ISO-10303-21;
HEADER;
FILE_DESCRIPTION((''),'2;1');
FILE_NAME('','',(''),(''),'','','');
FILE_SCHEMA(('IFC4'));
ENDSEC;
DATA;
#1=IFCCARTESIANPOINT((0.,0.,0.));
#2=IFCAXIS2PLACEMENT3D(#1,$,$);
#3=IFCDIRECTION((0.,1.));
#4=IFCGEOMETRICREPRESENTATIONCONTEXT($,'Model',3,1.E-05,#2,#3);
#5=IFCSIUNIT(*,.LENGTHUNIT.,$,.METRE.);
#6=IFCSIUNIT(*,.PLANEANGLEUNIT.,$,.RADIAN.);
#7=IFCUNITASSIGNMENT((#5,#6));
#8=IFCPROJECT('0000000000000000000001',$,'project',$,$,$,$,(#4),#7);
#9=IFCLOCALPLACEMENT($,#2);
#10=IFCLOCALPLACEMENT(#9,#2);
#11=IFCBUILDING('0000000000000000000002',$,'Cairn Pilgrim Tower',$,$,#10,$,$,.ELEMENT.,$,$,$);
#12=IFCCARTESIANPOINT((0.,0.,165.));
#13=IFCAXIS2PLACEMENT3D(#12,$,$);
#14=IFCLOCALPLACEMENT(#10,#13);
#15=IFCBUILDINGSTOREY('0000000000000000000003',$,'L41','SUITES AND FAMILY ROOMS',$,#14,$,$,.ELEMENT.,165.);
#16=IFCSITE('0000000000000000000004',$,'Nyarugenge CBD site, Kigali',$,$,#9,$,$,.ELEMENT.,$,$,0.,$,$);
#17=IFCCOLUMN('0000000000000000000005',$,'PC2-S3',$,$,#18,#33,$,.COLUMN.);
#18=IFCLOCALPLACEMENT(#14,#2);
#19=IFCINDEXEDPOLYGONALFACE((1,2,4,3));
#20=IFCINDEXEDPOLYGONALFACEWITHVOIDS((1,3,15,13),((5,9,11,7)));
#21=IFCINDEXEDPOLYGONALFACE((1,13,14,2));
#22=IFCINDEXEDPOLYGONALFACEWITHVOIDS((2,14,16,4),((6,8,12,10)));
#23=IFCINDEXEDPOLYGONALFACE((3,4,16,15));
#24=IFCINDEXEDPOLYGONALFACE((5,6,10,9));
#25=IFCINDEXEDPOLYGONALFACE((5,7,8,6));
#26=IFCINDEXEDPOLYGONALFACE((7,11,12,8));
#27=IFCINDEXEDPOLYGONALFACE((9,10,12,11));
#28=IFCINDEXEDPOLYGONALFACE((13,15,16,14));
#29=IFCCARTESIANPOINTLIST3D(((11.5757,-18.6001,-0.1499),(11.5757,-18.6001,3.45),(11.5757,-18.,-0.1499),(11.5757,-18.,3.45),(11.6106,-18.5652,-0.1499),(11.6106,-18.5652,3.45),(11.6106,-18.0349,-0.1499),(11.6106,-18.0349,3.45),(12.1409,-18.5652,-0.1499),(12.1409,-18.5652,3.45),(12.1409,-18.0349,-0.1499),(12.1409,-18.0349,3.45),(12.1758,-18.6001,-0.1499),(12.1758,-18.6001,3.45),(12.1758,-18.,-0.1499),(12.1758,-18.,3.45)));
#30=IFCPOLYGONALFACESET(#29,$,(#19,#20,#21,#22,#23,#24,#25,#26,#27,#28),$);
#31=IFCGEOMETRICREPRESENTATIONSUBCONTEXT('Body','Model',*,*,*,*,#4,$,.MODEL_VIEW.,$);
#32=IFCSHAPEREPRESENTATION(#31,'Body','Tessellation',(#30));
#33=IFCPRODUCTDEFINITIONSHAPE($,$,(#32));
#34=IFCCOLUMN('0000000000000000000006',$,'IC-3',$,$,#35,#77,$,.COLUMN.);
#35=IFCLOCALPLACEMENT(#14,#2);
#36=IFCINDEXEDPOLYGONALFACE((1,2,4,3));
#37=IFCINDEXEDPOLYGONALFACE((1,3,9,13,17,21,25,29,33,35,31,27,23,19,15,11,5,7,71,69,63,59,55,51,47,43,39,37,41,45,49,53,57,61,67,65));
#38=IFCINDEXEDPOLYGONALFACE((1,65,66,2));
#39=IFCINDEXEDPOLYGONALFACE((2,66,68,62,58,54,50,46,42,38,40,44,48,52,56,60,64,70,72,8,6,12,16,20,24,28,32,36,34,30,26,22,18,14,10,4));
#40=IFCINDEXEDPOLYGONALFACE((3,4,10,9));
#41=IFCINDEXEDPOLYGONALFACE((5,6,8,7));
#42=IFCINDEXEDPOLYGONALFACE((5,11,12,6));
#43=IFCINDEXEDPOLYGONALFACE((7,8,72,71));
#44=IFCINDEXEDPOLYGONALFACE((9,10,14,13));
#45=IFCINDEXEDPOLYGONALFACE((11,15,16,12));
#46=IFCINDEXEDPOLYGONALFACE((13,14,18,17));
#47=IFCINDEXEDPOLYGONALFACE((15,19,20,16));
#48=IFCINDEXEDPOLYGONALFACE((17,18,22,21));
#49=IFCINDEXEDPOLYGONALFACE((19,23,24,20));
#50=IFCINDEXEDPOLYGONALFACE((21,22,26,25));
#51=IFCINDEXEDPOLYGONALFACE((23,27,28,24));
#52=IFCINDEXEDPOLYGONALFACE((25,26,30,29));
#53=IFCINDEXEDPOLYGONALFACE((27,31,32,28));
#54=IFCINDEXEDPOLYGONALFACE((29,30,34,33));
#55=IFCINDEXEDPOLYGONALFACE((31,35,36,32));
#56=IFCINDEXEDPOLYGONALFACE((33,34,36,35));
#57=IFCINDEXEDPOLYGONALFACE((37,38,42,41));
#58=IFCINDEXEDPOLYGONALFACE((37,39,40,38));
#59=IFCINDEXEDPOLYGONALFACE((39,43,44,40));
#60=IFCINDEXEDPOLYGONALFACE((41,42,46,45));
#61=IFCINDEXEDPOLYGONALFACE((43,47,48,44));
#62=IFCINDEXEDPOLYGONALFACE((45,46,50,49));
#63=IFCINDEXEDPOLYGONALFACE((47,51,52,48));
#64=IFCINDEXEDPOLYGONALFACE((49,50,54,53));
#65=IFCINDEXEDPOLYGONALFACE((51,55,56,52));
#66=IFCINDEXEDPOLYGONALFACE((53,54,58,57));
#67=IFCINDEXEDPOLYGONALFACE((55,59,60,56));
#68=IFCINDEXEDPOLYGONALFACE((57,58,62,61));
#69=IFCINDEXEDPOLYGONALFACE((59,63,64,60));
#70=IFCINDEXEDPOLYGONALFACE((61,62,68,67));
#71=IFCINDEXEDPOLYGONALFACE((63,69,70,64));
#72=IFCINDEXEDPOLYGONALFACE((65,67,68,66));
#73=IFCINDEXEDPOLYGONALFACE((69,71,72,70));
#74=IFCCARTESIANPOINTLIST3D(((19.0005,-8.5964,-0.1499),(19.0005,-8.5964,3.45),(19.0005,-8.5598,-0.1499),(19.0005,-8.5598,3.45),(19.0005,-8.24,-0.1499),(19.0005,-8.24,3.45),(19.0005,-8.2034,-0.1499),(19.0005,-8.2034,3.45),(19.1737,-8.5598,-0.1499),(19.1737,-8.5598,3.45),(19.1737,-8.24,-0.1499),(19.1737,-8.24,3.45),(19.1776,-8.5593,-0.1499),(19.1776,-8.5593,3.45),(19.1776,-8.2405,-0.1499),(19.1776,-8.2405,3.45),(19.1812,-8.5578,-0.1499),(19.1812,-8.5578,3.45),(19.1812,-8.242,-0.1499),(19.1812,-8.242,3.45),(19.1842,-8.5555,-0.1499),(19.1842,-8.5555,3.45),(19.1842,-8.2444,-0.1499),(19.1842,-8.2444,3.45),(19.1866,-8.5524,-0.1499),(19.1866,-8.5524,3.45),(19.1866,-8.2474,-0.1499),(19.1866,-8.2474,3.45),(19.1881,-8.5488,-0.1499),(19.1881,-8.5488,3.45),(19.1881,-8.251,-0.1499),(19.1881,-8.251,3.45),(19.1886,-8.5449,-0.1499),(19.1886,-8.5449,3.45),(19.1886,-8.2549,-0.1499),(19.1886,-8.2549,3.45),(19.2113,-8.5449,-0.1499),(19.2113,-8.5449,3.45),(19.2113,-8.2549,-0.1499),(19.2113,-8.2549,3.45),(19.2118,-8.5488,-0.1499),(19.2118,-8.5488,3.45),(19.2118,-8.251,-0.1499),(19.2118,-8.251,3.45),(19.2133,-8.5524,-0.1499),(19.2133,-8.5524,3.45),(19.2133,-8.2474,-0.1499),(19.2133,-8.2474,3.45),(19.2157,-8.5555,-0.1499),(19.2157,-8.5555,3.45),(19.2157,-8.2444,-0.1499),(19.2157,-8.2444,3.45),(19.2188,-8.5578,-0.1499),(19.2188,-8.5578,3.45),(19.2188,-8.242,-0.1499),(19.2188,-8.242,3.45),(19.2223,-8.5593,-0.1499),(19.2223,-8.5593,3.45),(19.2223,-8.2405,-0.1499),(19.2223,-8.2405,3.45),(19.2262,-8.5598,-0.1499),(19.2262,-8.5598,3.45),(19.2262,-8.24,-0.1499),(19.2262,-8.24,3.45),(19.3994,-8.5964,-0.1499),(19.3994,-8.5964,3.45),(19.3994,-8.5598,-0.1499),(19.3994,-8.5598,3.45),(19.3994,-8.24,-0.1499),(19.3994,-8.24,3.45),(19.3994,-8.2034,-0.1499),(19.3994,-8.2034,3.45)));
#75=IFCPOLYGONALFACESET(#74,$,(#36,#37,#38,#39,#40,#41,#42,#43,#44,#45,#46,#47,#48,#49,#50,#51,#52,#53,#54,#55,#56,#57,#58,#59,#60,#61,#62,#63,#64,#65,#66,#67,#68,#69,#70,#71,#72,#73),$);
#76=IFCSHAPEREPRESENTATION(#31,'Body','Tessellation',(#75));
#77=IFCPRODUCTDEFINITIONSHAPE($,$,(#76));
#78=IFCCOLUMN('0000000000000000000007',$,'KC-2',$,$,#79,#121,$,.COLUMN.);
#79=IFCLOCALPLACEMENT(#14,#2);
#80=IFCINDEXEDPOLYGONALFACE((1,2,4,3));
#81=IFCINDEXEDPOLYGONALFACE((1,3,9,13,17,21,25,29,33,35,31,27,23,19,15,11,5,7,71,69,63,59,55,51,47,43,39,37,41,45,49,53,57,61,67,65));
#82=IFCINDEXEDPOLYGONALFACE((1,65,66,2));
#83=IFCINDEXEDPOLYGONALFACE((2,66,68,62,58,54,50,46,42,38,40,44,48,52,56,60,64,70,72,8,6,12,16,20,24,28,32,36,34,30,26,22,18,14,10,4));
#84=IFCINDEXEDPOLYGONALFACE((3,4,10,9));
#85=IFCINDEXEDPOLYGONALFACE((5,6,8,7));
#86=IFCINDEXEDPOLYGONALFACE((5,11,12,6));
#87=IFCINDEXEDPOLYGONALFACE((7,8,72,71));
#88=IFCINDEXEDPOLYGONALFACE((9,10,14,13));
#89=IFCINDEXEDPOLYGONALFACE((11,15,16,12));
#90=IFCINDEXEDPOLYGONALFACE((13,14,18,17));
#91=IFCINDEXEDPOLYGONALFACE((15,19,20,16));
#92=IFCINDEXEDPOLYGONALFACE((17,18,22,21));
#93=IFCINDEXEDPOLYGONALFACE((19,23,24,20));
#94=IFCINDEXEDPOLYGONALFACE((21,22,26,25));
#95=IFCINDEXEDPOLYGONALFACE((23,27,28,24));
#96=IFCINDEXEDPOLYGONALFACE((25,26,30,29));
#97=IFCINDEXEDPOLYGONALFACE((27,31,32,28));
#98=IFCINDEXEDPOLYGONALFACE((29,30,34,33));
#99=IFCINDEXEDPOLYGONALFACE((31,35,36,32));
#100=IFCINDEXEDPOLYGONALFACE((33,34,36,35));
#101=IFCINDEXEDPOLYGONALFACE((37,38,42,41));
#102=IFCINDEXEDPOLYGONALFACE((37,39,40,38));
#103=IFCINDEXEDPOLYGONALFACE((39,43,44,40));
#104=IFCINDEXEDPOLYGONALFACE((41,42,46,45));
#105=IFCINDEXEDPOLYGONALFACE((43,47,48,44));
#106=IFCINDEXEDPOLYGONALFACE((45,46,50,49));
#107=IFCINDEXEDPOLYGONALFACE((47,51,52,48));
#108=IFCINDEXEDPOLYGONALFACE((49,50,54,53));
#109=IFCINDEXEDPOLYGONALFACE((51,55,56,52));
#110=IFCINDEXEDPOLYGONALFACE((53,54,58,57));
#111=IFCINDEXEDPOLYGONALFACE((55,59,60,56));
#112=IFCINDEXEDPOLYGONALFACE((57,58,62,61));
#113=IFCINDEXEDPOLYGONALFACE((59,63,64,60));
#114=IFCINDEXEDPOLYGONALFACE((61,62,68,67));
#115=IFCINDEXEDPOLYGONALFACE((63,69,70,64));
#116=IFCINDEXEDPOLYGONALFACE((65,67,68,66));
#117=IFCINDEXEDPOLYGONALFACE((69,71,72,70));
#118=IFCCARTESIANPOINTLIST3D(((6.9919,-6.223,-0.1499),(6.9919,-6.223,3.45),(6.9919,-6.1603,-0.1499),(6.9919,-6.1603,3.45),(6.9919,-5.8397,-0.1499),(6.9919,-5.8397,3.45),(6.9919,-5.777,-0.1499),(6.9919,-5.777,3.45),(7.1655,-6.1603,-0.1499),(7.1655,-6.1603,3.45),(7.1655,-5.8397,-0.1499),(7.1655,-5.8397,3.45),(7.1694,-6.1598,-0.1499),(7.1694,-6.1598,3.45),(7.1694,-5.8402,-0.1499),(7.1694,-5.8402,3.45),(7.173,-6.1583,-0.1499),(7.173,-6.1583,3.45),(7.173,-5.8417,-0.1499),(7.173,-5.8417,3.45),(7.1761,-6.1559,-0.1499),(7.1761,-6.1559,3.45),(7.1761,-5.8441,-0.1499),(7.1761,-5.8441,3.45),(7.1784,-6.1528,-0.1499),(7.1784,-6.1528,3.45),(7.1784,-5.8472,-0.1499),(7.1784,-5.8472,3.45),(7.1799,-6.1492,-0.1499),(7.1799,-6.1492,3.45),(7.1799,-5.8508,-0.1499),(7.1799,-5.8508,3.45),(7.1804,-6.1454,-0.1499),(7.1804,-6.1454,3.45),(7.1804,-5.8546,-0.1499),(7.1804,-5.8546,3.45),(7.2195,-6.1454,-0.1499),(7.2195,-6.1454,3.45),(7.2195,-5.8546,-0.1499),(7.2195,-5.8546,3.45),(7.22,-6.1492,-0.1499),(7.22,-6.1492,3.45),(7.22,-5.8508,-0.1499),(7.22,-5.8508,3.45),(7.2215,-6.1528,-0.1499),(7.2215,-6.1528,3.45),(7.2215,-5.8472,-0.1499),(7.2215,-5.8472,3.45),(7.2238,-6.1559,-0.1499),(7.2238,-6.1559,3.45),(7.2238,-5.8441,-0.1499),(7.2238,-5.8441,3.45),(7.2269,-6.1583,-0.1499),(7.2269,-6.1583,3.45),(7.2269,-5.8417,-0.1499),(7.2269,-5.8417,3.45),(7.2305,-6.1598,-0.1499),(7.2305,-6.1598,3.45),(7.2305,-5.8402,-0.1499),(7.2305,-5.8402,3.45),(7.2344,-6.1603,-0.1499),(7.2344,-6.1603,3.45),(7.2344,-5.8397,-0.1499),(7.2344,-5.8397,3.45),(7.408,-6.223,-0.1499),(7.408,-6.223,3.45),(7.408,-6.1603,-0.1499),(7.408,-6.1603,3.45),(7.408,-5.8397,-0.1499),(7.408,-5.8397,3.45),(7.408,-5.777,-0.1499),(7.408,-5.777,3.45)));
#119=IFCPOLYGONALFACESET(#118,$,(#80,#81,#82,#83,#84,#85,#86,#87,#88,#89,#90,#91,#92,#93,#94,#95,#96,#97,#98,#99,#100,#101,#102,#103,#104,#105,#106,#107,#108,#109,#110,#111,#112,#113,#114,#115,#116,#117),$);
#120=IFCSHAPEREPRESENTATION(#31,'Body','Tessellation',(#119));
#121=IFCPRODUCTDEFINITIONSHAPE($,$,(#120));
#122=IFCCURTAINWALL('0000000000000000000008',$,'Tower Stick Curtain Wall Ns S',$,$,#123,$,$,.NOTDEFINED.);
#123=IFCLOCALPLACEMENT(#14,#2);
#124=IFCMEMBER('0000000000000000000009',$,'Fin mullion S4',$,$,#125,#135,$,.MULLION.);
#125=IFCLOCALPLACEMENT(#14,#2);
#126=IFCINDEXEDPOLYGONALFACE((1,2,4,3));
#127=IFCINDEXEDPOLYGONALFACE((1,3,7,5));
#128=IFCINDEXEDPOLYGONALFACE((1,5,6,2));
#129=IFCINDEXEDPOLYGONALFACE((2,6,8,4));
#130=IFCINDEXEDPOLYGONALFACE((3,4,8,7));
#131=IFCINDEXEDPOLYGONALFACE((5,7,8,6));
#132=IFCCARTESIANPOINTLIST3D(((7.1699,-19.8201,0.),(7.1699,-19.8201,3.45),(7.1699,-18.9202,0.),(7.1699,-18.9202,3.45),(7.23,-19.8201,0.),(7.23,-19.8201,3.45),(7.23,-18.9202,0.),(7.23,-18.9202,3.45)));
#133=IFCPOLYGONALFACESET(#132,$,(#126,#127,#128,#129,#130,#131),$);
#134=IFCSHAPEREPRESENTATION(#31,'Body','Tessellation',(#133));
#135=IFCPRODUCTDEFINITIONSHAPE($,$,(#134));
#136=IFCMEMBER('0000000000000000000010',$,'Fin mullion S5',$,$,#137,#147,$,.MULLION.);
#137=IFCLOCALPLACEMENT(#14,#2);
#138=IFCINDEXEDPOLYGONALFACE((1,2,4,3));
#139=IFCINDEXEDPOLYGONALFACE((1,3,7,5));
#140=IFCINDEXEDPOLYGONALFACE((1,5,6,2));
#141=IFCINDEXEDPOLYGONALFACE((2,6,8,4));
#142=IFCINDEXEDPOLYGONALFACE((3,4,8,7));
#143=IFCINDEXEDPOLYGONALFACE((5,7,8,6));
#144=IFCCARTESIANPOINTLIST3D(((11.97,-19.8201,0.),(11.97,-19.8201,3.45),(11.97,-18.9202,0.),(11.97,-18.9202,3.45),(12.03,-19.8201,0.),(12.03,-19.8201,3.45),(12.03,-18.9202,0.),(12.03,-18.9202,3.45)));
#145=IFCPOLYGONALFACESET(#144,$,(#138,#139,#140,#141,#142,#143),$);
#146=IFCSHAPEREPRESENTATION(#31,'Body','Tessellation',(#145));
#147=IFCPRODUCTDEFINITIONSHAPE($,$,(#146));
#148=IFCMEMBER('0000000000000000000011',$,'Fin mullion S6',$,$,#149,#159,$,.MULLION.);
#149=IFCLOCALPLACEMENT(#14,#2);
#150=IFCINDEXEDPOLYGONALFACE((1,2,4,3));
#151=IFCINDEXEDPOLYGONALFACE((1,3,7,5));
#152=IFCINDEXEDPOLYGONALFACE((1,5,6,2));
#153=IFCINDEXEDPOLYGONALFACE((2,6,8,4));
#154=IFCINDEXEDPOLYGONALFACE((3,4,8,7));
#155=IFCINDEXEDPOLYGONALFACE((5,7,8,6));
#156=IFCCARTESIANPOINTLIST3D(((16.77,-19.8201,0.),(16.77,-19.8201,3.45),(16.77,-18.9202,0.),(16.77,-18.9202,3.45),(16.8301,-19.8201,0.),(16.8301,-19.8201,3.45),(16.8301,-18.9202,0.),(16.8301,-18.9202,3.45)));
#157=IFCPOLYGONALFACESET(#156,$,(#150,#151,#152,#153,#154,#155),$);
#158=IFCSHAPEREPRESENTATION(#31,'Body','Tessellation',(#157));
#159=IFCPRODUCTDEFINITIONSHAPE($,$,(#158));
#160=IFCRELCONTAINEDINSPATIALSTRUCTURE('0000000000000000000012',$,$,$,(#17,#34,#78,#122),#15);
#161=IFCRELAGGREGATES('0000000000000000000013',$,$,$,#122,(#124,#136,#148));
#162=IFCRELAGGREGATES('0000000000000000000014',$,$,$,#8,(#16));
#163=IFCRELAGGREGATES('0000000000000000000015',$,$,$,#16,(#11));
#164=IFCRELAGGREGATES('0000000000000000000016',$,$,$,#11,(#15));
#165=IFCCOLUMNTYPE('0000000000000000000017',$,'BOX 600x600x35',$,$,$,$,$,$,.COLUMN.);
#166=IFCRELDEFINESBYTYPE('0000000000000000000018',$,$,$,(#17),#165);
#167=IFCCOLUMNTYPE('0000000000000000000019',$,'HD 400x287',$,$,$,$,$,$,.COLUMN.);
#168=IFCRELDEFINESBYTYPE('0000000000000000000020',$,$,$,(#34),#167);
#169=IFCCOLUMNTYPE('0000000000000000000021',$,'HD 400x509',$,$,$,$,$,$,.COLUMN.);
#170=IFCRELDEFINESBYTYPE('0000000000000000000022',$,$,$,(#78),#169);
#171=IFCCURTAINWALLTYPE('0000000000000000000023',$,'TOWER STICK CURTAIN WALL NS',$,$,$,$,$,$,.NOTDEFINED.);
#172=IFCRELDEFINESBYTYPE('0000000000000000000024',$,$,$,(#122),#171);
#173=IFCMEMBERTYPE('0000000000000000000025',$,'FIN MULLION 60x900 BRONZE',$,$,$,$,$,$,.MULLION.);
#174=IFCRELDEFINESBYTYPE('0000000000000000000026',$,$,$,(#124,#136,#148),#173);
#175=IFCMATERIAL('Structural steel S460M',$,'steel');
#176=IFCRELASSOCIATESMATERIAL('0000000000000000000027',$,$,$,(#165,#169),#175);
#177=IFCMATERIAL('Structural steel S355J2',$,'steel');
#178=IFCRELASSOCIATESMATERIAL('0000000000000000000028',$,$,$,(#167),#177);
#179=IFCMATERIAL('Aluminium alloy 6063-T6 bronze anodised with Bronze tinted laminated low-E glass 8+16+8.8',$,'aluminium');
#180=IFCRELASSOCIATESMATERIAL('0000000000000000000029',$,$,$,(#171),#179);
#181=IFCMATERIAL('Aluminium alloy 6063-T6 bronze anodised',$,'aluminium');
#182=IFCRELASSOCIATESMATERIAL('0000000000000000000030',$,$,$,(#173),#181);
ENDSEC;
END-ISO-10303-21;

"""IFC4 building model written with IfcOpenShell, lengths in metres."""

from ifc_helpers import new_model, si_unit, direction, frame, origin, origin_2d, place, context, subcontext, project, spatial, rectangle, hollow_rectangle, i_section, extrude, material, material_profile, profile_set, type_object, element, aggregate, save


model = new_model("IFC4")

# Units and contexts
model_context = context("Model", 3, precision=1e-05, world=origin(), true_north=direction((0.0, 1.0)))
body_context = subcontext(model_context, "Body", "Model", "MODEL_VIEW")
ifc_project = project(units=[si_unit("LENGTHUNIT", "METRE"), si_unit("PLANEANGLEUNIT", "RADIAN")], contexts=[model_context])

# Site, building, storey
site_placement = place(None, origin())
site = spatial("IfcSite", under=ifc_project, at=site_placement, Name="Nyarugenge CBD site, Kigali", CompositionType="ELEMENT", RefElevation=0.0)
building_placement = place(site_placement, origin())
building = spatial("IfcBuilding", under=site, at=building_placement, Name="Cairn Pilgrim Tower", CompositionType="ELEMENT")
storey_placement = place(building_placement, frame((0.0, 0.0, 165.0)))
storey = spatial("IfcBuildingStorey", under=building, at=storey_placement, Name="L41", Description="SUITES AND FAMILY ROOMS", CompositionType="ELEMENT", Elevation=165.0)

# Columns
ifc_material_1 = material(Name="Structural steel S460M", Category="steel")
ifc_material_profile_1 = material_profile(ifc_material_1, hollow_rectangle(XDim=0.6001, YDim=0.6001, WallThickness=0.0349, at=origin_2d()), Name="BOX 600x600x35")
ifc_profile_set_1 = profile_set([ifc_material_profile_1], Name="Structural steel S460M")
column_type_1 = type_object("IfcColumnType", Name="BOX 600x600x35", PredefinedType="COLUMN", material=ifc_profile_set_1)
column_1_placement = place(storey_placement, frame((11.8757, -18.3, -0.1499), z_axis=(0.0, 0.0, 1.0), x_axis=(1.0, 0.0, 0.0)))
element("IfcColumn", 1, at=column_1_placement, inside=storey, type_object=column_type_1, Name="PC2-S3", PredefinedType="COLUMN", context=body_context, shape_type="SweptSolid", body=[
    extrude(hollow_rectangle(XDim=0.6001, YDim=0.6001, WallThickness=0.0349, at=origin_2d()), origin(), (0.0, 0.0, 1.0), 3.5999),
])
ifc_material_2 = material(Name="Structural steel S355J2", Category="steel")
ifc_material_profile_2 = material_profile(ifc_material_2, i_section(OverallWidth=0.3989, OverallDepth=0.3931, WebThickness=0.0227, FlangeThickness=0.0366, FilletRadius=0.0149, at=origin_2d()), Name="HD 400x287")
ifc_profile_set_2 = profile_set([ifc_material_profile_2], Name="Structural steel S355J2")
column_type_2 = type_object("IfcColumnType", Name="HD 400x287", PredefinedType="COLUMN", material=ifc_profile_set_2)
column_2_placement = place(storey_placement, frame((19.2, -8.3999, -0.1499), z_axis=(0.0, 0.0, 1.0), x_axis=(1.0, 0.0, 0.0)))
element("IfcColumn", 2, at=column_2_placement, inside=storey, type_object=column_type_2, Name="IC-3", PredefinedType="COLUMN", context=body_context, shape_type="SweptSolid", body=[
    extrude(i_section(OverallWidth=0.3989, OverallDepth=0.3931, WebThickness=0.0227, FlangeThickness=0.0366, FilletRadius=0.0149, at=origin_2d()), origin(), (0.0, 0.0, 1.0), 3.5999),
])
ifc_material_profile_3 = material_profile(ifc_material_1, i_section(OverallWidth=0.416, OverallDepth=0.446, WebThickness=0.0391, FlangeThickness=0.0627, FilletRadius=0.0149, at=origin_2d()), Name="HD 400x509")
ifc_profile_set_3 = profile_set([ifc_material_profile_3], Name="Structural steel S460M")
column_type_3 = type_object("IfcColumnType", Name="HD 400x509", PredefinedType="COLUMN", material=ifc_profile_set_3)
column_3_placement = place(storey_placement, frame((7.2, -6.0, -0.1499), z_axis=(0.0, 0.0, 1.0), x_axis=(1.0, 0.0, 0.0)))
element("IfcColumn", 3, at=column_3_placement, inside=storey, type_object=column_type_3, Name="KC-2", PredefinedType="COLUMN", context=body_context, shape_type="SweptSolid", body=[
    extrude(i_section(OverallWidth=0.416, OverallDepth=0.446, WebThickness=0.0391, FlangeThickness=0.0627, FilletRadius=0.0149, at=origin_2d()), origin(), (0.0, 0.0, 1.0), 3.5999),
])

# Curtain wall, members
ifc_material_3 = material(Name="Aluminium alloy 6063-T6 bronze anodised with Bronze tinted laminated low-E glass 8+16+8.8", Category="aluminium")
curtain_wall_type = type_object("IfcCurtainWallType", Name="TOWER STICK CURTAIN WALL NS", PredefinedType="NOTDEFINED", material=ifc_material_3)
curtain_wall_placement = place(storey_placement, origin())
curtain_wall = element("IfcCurtainWall", 4, at=curtain_wall_placement, inside=storey, type_object=curtain_wall_type, Name="Tower Stick Curtain Wall Ns S", PredefinedType="NOTDEFINED")
ifc_material_4 = material(Name="Aluminium alloy 6063-T6 bronze anodised", Category="aluminium")
ifc_material_profile_4 = material_profile(ifc_material_4, rectangle(XDim=0.8999, YDim=0.0601, at=origin_2d()), Name="FIN MULLION 60x900 BRONZE")
ifc_profile_set_4 = profile_set([ifc_material_profile_4], Name="Aluminium alloy 6063-T6 bronze anodised")
member_type_1 = type_object("IfcMemberType", Name="FIN MULLION 60x900 BRONZE", PredefinedType="MULLION", material=ifc_profile_set_4)
member_1_placement = place(storey_placement, frame((7.2, -19.3701, 0.0), z_axis=(0.0, 0.0, 1.0), x_axis=(0.0, -1.0, 0.0)))
member_1 = element("IfcMember", 5, at=member_1_placement, type_object=member_type_1, Name="Fin mullion S4", PredefinedType="MULLION", context=body_context, shape_type="SweptSolid", body=[
    extrude(rectangle(XDim=0.8999, YDim=0.0601, at=origin_2d()), origin(), (0.0, 0.0, 1.0), 3.45),
])
member_2_placement = place(storey_placement, frame((12.0, -19.3701, 0.0), z_axis=(0.0, 0.0, 1.0), x_axis=(0.0, -1.0, 0.0)))
member_2 = element("IfcMember", 6, at=member_2_placement, type_object=member_type_1, Name="Fin mullion S5", PredefinedType="MULLION", context=body_context, shape_type="SweptSolid", body=[
    extrude(rectangle(XDim=0.8999, YDim=0.0601, at=origin_2d()), origin(), (0.0, 0.0, 1.0), 3.45),
])
member_3_placement = place(storey_placement, frame((16.8, -19.3701, 0.0), z_axis=(0.0, 0.0, 1.0), x_axis=(0.0, -1.0, 0.0)))
member_3 = element("IfcMember", 7, at=member_3_placement, type_object=member_type_1, Name="Fin mullion S6", PredefinedType="MULLION", context=body_context, shape_type="SweptSolid", body=[
    extrude(rectangle(XDim=0.8999, YDim=0.0601, at=origin_2d()), origin(), (0.0, 0.0, 1.0), 3.45),
])

aggregate(curtain_wall, [member_1, member_2, member_3])

save(model, "model.ifc")
